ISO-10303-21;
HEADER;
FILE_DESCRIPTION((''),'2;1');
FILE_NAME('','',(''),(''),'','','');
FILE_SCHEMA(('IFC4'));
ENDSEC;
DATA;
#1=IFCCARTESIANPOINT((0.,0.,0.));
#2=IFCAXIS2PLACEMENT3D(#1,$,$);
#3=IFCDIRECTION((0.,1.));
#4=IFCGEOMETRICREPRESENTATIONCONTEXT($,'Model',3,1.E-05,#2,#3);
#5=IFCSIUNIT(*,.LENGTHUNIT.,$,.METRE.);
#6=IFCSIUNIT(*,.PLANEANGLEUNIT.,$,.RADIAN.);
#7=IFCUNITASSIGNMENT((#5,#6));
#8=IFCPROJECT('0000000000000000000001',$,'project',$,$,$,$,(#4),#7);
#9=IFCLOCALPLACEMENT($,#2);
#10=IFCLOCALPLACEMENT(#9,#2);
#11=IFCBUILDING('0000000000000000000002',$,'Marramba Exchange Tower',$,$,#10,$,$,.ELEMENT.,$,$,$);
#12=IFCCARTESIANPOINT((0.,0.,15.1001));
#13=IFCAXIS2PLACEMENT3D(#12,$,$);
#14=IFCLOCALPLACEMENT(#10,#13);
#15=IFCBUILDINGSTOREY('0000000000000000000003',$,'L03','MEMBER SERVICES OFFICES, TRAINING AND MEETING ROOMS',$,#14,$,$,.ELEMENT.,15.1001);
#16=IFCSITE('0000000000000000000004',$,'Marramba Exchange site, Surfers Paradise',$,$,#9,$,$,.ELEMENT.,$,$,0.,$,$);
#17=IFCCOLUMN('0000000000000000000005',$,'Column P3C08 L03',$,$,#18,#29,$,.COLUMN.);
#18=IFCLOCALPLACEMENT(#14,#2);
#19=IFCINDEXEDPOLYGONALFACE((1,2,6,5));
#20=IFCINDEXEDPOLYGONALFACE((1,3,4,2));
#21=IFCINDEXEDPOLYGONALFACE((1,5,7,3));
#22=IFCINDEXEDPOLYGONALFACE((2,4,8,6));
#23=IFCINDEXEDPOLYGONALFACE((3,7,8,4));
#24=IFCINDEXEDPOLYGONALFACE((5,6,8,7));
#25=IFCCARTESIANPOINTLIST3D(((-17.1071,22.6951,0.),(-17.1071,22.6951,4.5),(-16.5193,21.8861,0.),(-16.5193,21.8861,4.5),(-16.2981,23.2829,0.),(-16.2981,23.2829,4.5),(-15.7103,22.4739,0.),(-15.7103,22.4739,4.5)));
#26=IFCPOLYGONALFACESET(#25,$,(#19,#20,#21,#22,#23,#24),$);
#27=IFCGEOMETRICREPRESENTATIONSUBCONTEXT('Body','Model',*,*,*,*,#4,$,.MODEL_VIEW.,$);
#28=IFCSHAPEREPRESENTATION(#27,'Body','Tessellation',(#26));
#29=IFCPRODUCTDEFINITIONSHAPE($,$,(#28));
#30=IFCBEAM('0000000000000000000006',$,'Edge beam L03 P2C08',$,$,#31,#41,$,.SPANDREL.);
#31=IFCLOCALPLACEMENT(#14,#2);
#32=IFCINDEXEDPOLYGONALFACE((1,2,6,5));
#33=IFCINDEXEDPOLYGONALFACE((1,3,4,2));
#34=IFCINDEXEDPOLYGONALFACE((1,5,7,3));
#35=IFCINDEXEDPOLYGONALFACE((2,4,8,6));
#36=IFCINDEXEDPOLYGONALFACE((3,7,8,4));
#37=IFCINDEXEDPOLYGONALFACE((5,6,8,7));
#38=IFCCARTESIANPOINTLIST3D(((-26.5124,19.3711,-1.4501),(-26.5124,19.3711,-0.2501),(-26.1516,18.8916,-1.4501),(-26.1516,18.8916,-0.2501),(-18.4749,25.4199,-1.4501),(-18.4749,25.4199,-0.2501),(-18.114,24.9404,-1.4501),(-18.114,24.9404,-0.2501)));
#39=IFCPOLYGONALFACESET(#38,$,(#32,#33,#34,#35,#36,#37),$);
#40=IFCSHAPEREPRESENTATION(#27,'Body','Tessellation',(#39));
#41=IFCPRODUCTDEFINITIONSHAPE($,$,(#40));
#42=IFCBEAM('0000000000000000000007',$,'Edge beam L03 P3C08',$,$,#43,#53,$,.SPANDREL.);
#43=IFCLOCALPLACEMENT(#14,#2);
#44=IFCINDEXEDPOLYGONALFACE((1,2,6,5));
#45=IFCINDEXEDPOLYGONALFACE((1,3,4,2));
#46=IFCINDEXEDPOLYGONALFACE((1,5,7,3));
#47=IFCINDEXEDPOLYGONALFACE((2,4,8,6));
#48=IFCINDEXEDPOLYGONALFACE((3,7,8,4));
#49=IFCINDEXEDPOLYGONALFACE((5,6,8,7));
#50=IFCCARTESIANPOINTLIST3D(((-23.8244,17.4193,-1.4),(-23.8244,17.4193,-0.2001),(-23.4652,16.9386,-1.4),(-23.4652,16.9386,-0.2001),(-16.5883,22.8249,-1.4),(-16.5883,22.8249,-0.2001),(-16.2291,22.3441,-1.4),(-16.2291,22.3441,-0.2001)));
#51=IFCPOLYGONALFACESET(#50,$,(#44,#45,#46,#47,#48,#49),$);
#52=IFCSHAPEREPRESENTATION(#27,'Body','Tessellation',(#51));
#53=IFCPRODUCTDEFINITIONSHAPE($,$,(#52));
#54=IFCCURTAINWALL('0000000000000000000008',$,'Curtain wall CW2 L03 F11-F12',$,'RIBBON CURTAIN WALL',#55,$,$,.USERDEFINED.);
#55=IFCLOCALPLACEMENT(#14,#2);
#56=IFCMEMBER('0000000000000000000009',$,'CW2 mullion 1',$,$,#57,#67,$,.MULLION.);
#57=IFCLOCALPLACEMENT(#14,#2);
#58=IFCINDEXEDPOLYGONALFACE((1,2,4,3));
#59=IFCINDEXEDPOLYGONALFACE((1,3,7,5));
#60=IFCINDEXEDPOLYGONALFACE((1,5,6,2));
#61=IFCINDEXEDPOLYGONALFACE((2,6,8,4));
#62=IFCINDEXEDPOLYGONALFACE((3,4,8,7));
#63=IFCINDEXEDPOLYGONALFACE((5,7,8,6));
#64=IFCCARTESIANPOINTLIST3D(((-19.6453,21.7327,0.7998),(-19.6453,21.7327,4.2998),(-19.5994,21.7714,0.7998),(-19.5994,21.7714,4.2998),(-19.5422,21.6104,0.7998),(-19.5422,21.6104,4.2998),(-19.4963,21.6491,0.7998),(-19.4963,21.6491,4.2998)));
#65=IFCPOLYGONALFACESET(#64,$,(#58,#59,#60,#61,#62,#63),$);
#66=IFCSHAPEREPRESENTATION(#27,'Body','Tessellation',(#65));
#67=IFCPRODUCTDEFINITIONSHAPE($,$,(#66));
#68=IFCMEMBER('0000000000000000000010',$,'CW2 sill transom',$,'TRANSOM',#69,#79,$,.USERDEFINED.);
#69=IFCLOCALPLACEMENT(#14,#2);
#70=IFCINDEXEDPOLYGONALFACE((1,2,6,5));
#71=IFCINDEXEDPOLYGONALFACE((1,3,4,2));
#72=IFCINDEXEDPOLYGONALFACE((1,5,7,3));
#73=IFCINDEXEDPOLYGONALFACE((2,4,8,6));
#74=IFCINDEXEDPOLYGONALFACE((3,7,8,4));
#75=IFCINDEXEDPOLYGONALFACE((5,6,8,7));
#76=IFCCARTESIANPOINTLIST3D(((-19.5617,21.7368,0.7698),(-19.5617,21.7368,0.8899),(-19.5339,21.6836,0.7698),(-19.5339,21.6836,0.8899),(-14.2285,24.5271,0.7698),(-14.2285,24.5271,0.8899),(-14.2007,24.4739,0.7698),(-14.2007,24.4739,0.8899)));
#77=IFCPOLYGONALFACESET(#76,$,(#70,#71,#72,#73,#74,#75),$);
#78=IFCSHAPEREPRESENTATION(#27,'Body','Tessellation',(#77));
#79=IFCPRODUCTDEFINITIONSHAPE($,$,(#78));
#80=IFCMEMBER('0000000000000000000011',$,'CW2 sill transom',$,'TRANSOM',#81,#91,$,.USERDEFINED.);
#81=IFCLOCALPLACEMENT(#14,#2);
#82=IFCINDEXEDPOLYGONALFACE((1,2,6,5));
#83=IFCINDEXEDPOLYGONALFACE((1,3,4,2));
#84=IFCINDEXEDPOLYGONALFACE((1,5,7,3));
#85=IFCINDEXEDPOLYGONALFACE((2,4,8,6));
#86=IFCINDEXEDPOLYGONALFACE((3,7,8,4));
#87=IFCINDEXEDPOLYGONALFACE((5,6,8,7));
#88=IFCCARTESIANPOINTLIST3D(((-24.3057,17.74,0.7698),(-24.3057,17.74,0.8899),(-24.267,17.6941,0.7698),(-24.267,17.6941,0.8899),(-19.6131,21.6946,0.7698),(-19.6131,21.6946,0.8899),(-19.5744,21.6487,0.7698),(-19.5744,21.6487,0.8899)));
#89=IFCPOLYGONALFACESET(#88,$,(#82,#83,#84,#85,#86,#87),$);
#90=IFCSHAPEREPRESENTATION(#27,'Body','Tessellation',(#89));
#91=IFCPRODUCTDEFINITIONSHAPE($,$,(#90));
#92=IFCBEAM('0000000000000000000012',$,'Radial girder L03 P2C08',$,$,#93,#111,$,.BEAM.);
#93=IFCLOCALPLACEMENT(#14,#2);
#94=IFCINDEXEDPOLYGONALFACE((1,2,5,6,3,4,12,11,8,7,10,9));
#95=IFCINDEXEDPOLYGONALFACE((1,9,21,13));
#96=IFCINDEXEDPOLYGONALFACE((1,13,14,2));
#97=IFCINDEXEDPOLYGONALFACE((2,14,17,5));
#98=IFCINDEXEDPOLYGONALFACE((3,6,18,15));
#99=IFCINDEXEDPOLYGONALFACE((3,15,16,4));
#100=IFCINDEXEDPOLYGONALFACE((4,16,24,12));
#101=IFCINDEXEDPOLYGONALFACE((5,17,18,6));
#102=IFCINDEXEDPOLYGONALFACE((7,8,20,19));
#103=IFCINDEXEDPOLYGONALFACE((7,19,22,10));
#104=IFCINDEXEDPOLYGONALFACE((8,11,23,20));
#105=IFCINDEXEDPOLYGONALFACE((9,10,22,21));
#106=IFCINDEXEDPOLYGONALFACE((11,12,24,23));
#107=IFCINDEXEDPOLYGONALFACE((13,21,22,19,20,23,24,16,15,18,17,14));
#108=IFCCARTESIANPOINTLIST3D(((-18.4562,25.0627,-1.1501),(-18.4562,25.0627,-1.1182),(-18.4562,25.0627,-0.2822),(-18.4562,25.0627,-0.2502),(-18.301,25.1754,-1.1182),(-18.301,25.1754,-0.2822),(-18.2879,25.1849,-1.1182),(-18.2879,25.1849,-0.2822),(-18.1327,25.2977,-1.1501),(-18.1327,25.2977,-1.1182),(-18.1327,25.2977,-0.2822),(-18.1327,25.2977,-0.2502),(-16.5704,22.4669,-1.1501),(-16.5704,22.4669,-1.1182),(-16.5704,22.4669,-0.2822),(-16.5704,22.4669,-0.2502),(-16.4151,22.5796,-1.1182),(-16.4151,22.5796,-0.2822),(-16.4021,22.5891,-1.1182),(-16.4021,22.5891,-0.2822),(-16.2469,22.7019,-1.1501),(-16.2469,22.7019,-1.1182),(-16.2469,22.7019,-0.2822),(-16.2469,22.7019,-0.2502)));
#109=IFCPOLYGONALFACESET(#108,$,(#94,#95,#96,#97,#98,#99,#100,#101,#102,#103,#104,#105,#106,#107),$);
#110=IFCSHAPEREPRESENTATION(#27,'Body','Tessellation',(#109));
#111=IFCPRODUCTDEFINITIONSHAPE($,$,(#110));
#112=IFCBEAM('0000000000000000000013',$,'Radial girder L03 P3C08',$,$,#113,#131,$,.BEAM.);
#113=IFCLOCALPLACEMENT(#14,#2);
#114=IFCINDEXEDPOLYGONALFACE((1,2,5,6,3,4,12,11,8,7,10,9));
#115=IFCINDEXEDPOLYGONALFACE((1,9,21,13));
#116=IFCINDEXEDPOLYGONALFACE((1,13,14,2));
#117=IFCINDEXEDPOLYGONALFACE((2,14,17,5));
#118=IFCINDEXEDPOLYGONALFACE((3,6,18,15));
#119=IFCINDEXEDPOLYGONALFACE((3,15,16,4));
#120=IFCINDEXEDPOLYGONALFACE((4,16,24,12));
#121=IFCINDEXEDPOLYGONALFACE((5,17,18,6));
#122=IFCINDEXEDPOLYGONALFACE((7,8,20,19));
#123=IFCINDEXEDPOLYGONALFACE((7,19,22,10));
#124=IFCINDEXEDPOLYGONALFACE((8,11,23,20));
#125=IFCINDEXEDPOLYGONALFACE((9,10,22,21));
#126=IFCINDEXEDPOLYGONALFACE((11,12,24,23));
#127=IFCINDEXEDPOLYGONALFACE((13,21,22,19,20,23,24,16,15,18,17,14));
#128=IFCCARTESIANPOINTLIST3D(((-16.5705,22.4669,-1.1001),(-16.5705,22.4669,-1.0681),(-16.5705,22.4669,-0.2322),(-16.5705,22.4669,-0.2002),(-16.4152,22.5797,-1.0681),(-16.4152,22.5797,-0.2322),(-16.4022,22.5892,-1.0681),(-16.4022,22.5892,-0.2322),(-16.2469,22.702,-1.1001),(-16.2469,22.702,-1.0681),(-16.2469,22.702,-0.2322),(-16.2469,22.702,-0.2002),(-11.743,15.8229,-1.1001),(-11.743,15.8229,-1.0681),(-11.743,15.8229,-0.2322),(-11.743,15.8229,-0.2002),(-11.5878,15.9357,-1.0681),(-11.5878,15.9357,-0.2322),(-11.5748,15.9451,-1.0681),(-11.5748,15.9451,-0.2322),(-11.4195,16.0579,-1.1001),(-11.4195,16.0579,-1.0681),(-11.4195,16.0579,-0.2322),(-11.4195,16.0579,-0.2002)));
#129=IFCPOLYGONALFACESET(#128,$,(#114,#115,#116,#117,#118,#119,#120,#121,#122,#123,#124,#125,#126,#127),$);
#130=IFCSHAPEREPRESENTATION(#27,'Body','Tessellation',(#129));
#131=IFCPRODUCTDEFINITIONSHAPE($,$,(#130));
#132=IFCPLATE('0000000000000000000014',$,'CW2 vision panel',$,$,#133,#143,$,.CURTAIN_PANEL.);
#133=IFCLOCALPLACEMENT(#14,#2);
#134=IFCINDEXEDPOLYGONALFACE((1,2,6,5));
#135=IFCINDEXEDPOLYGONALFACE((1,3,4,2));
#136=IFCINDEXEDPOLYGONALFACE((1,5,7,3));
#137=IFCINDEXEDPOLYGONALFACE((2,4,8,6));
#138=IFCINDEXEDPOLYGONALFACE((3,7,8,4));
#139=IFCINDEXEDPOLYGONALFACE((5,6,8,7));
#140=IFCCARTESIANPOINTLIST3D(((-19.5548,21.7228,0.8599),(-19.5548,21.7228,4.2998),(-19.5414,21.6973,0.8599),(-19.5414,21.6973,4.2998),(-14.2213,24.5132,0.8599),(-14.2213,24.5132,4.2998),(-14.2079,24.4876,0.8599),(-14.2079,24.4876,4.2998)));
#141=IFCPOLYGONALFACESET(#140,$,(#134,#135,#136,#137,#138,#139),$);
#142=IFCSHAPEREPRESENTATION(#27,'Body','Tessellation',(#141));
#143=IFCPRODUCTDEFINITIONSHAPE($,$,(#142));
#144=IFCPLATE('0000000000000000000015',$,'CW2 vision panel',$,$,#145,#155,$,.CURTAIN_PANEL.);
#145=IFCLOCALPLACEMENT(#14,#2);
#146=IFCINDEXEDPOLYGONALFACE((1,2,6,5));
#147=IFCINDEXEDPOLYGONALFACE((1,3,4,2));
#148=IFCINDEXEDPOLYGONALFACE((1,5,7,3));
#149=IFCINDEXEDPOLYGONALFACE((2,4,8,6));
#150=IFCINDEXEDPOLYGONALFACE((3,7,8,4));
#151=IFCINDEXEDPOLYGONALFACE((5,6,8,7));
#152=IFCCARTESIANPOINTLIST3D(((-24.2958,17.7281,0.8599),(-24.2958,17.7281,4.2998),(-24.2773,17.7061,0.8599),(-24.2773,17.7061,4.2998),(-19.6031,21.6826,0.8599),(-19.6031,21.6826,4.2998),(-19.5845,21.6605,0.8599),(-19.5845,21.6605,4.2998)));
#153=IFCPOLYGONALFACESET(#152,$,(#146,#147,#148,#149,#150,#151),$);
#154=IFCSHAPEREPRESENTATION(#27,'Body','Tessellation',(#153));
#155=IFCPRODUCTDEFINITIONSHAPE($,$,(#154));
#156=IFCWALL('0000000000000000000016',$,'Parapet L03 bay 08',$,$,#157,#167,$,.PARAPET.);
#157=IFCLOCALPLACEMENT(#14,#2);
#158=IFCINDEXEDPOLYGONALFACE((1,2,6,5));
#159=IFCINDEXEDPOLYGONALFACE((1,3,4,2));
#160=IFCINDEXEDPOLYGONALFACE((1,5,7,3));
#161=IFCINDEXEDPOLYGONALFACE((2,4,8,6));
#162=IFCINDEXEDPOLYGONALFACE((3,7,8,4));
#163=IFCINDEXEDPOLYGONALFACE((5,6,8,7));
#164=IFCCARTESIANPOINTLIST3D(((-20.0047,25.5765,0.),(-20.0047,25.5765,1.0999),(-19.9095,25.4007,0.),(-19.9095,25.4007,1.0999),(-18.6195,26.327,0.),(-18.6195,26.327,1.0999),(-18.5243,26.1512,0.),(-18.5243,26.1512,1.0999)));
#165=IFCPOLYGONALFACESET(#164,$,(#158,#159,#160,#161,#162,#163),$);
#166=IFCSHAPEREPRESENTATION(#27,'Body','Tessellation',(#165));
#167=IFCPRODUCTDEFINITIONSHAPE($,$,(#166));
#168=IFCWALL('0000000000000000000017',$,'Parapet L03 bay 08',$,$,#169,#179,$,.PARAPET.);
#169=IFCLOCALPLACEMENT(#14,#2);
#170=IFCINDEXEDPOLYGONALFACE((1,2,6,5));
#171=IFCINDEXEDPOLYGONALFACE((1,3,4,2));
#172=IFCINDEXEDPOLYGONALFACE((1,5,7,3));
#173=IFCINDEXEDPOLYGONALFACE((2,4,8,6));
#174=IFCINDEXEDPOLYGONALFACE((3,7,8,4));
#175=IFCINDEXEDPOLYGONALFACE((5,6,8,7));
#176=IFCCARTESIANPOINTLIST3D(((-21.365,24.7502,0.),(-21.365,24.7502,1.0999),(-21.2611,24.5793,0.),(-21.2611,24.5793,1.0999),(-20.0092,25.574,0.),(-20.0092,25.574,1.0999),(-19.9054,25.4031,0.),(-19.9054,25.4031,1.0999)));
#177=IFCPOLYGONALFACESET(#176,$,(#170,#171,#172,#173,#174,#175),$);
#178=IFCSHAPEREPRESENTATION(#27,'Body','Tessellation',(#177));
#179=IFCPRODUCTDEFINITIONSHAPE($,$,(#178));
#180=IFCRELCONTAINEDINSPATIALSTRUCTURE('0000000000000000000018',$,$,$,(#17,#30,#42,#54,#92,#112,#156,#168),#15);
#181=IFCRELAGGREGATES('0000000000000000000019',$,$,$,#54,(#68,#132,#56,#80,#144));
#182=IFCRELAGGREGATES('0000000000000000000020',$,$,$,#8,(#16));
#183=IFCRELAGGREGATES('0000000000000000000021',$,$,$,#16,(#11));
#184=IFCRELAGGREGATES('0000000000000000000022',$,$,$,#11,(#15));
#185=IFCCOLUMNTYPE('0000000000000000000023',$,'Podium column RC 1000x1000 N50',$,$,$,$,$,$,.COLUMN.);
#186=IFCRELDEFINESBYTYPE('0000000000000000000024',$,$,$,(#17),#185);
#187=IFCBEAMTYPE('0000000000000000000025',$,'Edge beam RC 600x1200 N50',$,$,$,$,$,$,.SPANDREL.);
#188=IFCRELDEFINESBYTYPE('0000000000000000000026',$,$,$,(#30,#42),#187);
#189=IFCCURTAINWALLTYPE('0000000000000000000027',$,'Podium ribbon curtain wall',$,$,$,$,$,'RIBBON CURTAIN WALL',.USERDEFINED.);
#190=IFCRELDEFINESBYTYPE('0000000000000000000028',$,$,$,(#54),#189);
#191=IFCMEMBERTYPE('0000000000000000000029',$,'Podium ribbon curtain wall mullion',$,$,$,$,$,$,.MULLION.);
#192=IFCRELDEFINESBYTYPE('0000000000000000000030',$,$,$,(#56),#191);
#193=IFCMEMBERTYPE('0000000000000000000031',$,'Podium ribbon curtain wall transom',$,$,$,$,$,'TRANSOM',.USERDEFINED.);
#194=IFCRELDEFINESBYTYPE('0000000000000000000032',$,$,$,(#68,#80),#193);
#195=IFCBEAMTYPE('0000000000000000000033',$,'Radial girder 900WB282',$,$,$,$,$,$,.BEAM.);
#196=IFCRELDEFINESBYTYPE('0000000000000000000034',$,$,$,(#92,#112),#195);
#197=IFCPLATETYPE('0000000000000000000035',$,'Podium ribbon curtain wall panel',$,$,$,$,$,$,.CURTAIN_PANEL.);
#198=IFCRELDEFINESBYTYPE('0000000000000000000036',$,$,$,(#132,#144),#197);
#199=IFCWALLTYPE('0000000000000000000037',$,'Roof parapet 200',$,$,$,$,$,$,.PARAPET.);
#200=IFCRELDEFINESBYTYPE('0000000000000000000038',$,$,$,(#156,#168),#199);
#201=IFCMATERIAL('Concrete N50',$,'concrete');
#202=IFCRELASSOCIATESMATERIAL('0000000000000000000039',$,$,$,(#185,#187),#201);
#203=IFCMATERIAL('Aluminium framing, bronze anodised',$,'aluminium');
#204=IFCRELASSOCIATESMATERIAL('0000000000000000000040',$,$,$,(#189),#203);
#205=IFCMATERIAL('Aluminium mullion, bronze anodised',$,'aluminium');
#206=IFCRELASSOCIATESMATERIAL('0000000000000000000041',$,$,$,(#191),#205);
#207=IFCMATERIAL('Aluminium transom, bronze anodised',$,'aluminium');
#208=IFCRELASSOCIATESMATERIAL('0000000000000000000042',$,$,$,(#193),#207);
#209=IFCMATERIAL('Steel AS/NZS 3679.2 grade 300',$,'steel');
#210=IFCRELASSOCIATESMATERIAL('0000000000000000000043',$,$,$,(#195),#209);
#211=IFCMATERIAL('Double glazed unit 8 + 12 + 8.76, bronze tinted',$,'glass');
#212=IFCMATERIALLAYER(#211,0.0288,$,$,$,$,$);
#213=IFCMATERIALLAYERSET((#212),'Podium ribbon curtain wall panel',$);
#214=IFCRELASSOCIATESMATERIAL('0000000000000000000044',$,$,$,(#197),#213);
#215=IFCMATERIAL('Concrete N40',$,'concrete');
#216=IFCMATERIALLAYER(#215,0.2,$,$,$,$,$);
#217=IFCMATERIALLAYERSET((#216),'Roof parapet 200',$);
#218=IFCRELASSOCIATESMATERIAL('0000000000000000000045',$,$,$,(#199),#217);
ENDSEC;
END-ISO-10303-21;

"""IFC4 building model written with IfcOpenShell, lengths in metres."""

from ifc_helpers import new_model, si_unit, direction, frame, frame_2d, origin, origin_2d, place, context, subcontext, project, spatial, rectangle, i_section, extrude, material, layer, layer_set, material_profile, profile_set, type_object, element, aggregate, save


model = new_model("IFC4")

# Units and contexts
model_context = context("Model", 3, precision=1e-05, world=origin(), true_north=direction((0.0, 1.0)))
body_context = subcontext(model_context, "Body", "Model", "MODEL_VIEW")
ifc_project = project(units=[si_unit("LENGTHUNIT", "METRE"), si_unit("PLANEANGLEUNIT", "RADIAN")], contexts=[model_context])

# Site, building, storey
site_placement = place(None, origin())
site = spatial("IfcSite", under=ifc_project, at=site_placement, Name="Marramba Exchange site, Surfers Paradise", CompositionType="ELEMENT", RefElevation=0.0)
building_placement = place(site_placement, origin())
building = spatial("IfcBuilding", under=site, at=building_placement, Name="Marramba Exchange Tower", CompositionType="ELEMENT")
storey_placement = place(building_placement, frame((0.0, 0.0, 15.1001)))
storey = spatial("IfcBuildingStorey", under=building, at=storey_placement, Name="L03", Description="MEMBER SERVICES OFFICES, TRAINING AND MEETING ROOMS", CompositionType="ELEMENT", Elevation=15.1001)

# Column
ifc_material_1 = material(Name="Concrete N50", Category="concrete")
ifc_material_profile_1 = material_profile(ifc_material_1, rectangle(XDim=1.0, YDim=1.0, at=origin_2d()), Name="RC 1000x1000")
ifc_profile_set_1 = profile_set([ifc_material_profile_1], Name="Concrete N50")
column_type = type_object("IfcColumnType", Name="Podium column RC 1000x1000 N50", PredefinedType="COLUMN", material=ifc_profile_set_1)
column_placement = place(storey_placement, frame((-16.4087, 22.5845, 0.0), z_axis=(0.0, 0.0, 1.0), x_axis=(-0.587785, 0.809017, 0.0)))
element("IfcColumn", 1, at=column_placement, inside=storey, type_object=column_type, Name="Column P3C08 L03", PredefinedType="COLUMN", context=body_context, shape_type="SweptSolid", body=[
    extrude(rectangle(XDim=1.0, YDim=1.0, at=origin_2d()), origin(), (0.0, 0.0, 1.0), 4.5),
])

# Beams
ifc_material_profile_2 = material_profile(ifc_material_1, rectangle(XDim=0.6001, YDim=1.2, at=origin_2d()), Name="RC 600x1200")
ifc_profile_set_2 = profile_set([ifc_material_profile_2], Name="Concrete N50")
beam_type_1 = type_object("IfcBeamType", Name="Edge beam RC 600x1200 N50", PredefinedType="SPANDREL", material=ifc_profile_set_2)
beam_1_placement = place(storey_placement, frame((-18.2944, 25.1802, -0.8501), z_axis=(-0.799015, -0.601312, 0.0), x_axis=(0.601312, -0.799015, 0.0)))
element("IfcBeam", 2, at=beam_1_placement, inside=storey, type_object=beam_type_1, Name="Edge beam L03 P2C08", PredefinedType="SPANDREL", context=body_context, shape_type="SweptSolid", body=[
    extrude(rectangle(XDim=0.6001, YDim=1.2, at=origin_2d()), origin(), (0.0, 0.0, 1.0), 10.0593),
])
beam_2_placement = place(storey_placement, frame((-16.4087, 22.5845, -0.8), z_axis=(-0.801144, -0.598472, 0.0), x_axis=(0.598472, -0.801144, 0.0)))
element("IfcBeam", 3, at=beam_2_placement, inside=storey, type_object=beam_type_1, Name="Edge beam L03 P3C08", PredefinedType="SPANDREL", context=body_context, shape_type="SweptSolid", body=[
    extrude(rectangle(XDim=0.6001, YDim=1.2, at=origin_2d()), origin(), (0.0, 0.0, 1.0), 9.0322),
])

# Curtain wall, members
ifc_material_2 = material(Name="Aluminium framing, bronze anodised", Category="aluminium")
curtain_wall_type = type_object("IfcCurtainWallType", Name="Podium ribbon curtain wall", ElementType="RIBBON CURTAIN WALL", PredefinedType="USERDEFINED", material=ifc_material_2)
curtain_wall_placement = place(storey_placement, origin())
curtain_wall = element("IfcCurtainWall", 4, at=curtain_wall_placement, inside=storey, type_object=curtain_wall_type, Name="Curtain wall CW2 L03 F11-F12", ObjectType="RIBBON CURTAIN WALL", PredefinedType="USERDEFINED")
ifc_material_3 = material(Name="Aluminium mullion, bronze anodised", Category="aluminium")
ifc_material_profile_3 = material_profile(ifc_material_3, rectangle(XDim=0.1599, YDim=0.0601, at=origin_2d()), Name="CW2 mullion 60x160")
ifc_profile_set_3 = profile_set([ifc_material_profile_3], Name="Aluminium mullion, bronze anodised")
member_type_1 = type_object("IfcMemberType", Name="Podium ribbon curtain wall mullion", PredefinedType="MULLION", material=ifc_profile_set_3)
member_1_placement = place(storey_placement, frame((-19.5708, 21.6909, 0.7998), z_axis=(0.0, 0.0, 1.0), x_axis=(0.64439, -0.764697, 0.0)))
member_1 = element("IfcMember", 5, at=member_1_placement, type_object=member_type_1, Name="CW2 mullion 1", PredefinedType="MULLION", context=body_context, shape_type="SweptSolid", body=[
    extrude(rectangle(XDim=0.1599, YDim=0.0601, at=origin_2d()), origin(), (0.0, 0.0, 1.0), 3.5),
])
ifc_material_4 = material(Name="Aluminium transom, bronze anodised", Category="aluminium")
ifc_material_profile_4 = material_profile(ifc_material_4, rectangle(XDim=0.0601, YDim=0.1201, at=origin_2d()), Name="CW2 transom 60x120")
ifc_profile_set_4 = profile_set([ifc_material_profile_4], Name="Aluminium transom, bronze anodised")
member_type_2 = type_object("IfcMemberType", Name="Podium ribbon curtain wall transom", ElementType="TRANSOM", PredefinedType="USERDEFINED", material=ifc_profile_set_4)
member_2_placement = place(storey_placement, frame((-14.2146, 24.5005, 0.8298), z_axis=(-0.886058, -0.463573, 0.0), x_axis=(0.463573, -0.886058, 0.0)))
member_2 = element("IfcMember", 6, at=member_2_placement, type_object=member_type_2, Name="CW2 sill transom", ObjectType="TRANSOM", PredefinedType="USERDEFINED", context=body_context, shape_type="SweptSolid", body=[
    extrude(rectangle(XDim=0.0601, YDim=0.1201, at=origin_2d()), origin(), (0.0, 0.0, 1.0), 6.019),
])
member_3_placement = place(storey_placement, frame((-19.5938, 21.6716, 0.8298), z_axis=(-0.764678, -0.644413, 0.0), x_axis=(0.644413, -0.764678, 0.0)))
member_3 = element("IfcMember", 7, at=member_3_placement, type_object=member_type_2, Name="CW2 sill transom", ObjectType="TRANSOM", PredefinedType="USERDEFINED", context=body_context, shape_type="SweptSolid", body=[
    extrude(rectangle(XDim=0.0601, YDim=0.1201, at=origin_2d()), origin(), (0.0, 0.0, 1.0), 6.1367),
])

# Beams
ifc_material_5 = material(Name="Steel AS/NZS 3679.2 grade 300", Category="steel")
ifc_material_profile_5 = material_profile(ifc_material_5, i_section(OverallWidth=0.3999, OverallDepth=0.8999, WebThickness=0.0161, FlangeThickness=0.032, at=origin_2d()), Name="900WB282")
ifc_profile_set_5 = profile_set([ifc_material_profile_5], Name="Steel AS/NZS 3679.2 grade 300")
beam_type_2 = type_object("IfcBeamType", Name="Radial girder 900WB282", PredefinedType="BEAM", material=ifc_profile_set_5)
beam_3_placement = place(storey_placement, frame((-18.2944, 25.1802, -0.7002), z_axis=(0.587755, -0.809039, 0.0), x_axis=(0.809039, 0.587755, 0.0)))
element("IfcBeam", 8, at=beam_3_placement, inside=storey, type_object=beam_type_2, Name="Radial girder L03 P2C08", PredefinedType="BEAM", context=body_context, shape_type="SweptSolid", body=[
    extrude(i_section(OverallWidth=0.3999, OverallDepth=0.8999, WebThickness=0.0161, FlangeThickness=0.032, at=origin_2d()), origin(), (0.0, 0.0, 1.0), 3.2085),
])
beam_4_placement = place(storey_placement, frame((-16.4087, 22.5845, -0.6501), z_axis=(0.587802, -0.809005, 0.0), x_axis=(0.809005, 0.587802, 0.0)))
element("IfcBeam", 9, at=beam_4_placement, inside=storey, type_object=beam_type_2, Name="Radial girder L03 P3C08", PredefinedType="BEAM", context=body_context, shape_type="SweptSolid", body=[
    extrude(i_section(OverallWidth=0.3999, OverallDepth=0.8999, WebThickness=0.0161, FlangeThickness=0.032, at=origin_2d()), origin(), (0.0, 0.0, 1.0), 8.2126),
])

# Plates
ifc_material_6 = material(Name="Double glazed unit 8 + 12 + 8.76, bronze tinted", Category="glass")
ifc_layer_1 = layer(ifc_material_6, 0.0288)
ifc_layer_set_1 = layer_set([ifc_layer_1], Name="Podium ribbon curtain wall panel")
plate_type = type_object("IfcPlateType", Name="Podium ribbon curtain wall panel", PredefinedType="CURTAIN_PANEL", material=ifc_layer_set_1)
plate_1_placement = place(storey_placement, frame((-16.8813, 23.1052, 0.8599), z_axis=(0.0, 0.0, 1.0), x_axis=(-0.886062, -0.463567, 0.0)))
plate_1 = element("IfcPlate", 10, at=plate_1_placement, type_object=plate_type, Name="CW2 vision panel", PredefinedType="CURTAIN_PANEL", context=body_context, shape_type="SweptSolid", body=[
    extrude(rectangle(XDim=6.0193, YDim=0.0288, at=origin_2d()), origin(), (0.0, 0.0, 1.0), 3.4399),
])
plate_2_placement = place(storey_placement, frame((-21.9402, 19.6943, 0.8599), z_axis=(0.0, 0.0, 1.0), x_axis=(-0.764697, -0.64439, 0.0)))
plate_2 = element("IfcPlate", 11, at=plate_2_placement, type_object=plate_type, Name="CW2 vision panel", PredefinedType="CURTAIN_PANEL", context=body_context, shape_type="SweptSolid", body=[
    extrude(rectangle(XDim=6.1367, YDim=0.0288, at=origin_2d()), origin(), (0.0, 0.0, 1.0), 3.4399),
])
aggregate(curtain_wall, [member_2, plate_1, member_1, member_3, plate_2])

# Walls
ifc_material_7 = material(Name="Concrete N40", Category="concrete")
ifc_layer_2 = layer(ifc_material_7, 0.2)
ifc_layer_set_2 = layer_set([ifc_layer_2], Name="Roof parapet 200")
wall_type = type_object("IfcWallType", Name="Roof parapet 200", PredefinedType="PARAPET", material=ifc_layer_set_2)
wall_1_placement = place(storey_placement, frame((-18.572, 26.239, 0.0), z_axis=(0.0, 0.0, 1.0), x_axis=(-0.879254, -0.476353, 0.0)))
element("IfcWall", 12, at=wall_1_placement, inside=storey, type_object=wall_type, Name="Parapet L03 bay 08", PredefinedType="PARAPET", context=body_context, shape_type="SweptSolid", body=[
    extrude(rectangle(XDim=1.5754, YDim=0.2, at=frame_2d((0.7876, 0.0))), origin(), (0.0, 0.0, 1.0), 1.0999),
])
wall_2_placement = place(storey_placement, frame((-19.9573, 25.4885, 0.0), z_axis=(0.0, 0.0, 1.0), x_axis=(-0.854614, -0.519263, 0.0)))
element("IfcWall", 13, at=wall_2_placement, inside=storey, type_object=wall_type, Name="Parapet L03 bay 08", PredefinedType="PARAPET", context=body_context, shape_type="SweptSolid", body=[
    extrude(rectangle(XDim=1.5864, YDim=0.2, at=frame_2d((0.7932, 0.0))), origin(), (0.0, 0.0, 1.0), 1.0999),
])

save(model, "model.ifc")
